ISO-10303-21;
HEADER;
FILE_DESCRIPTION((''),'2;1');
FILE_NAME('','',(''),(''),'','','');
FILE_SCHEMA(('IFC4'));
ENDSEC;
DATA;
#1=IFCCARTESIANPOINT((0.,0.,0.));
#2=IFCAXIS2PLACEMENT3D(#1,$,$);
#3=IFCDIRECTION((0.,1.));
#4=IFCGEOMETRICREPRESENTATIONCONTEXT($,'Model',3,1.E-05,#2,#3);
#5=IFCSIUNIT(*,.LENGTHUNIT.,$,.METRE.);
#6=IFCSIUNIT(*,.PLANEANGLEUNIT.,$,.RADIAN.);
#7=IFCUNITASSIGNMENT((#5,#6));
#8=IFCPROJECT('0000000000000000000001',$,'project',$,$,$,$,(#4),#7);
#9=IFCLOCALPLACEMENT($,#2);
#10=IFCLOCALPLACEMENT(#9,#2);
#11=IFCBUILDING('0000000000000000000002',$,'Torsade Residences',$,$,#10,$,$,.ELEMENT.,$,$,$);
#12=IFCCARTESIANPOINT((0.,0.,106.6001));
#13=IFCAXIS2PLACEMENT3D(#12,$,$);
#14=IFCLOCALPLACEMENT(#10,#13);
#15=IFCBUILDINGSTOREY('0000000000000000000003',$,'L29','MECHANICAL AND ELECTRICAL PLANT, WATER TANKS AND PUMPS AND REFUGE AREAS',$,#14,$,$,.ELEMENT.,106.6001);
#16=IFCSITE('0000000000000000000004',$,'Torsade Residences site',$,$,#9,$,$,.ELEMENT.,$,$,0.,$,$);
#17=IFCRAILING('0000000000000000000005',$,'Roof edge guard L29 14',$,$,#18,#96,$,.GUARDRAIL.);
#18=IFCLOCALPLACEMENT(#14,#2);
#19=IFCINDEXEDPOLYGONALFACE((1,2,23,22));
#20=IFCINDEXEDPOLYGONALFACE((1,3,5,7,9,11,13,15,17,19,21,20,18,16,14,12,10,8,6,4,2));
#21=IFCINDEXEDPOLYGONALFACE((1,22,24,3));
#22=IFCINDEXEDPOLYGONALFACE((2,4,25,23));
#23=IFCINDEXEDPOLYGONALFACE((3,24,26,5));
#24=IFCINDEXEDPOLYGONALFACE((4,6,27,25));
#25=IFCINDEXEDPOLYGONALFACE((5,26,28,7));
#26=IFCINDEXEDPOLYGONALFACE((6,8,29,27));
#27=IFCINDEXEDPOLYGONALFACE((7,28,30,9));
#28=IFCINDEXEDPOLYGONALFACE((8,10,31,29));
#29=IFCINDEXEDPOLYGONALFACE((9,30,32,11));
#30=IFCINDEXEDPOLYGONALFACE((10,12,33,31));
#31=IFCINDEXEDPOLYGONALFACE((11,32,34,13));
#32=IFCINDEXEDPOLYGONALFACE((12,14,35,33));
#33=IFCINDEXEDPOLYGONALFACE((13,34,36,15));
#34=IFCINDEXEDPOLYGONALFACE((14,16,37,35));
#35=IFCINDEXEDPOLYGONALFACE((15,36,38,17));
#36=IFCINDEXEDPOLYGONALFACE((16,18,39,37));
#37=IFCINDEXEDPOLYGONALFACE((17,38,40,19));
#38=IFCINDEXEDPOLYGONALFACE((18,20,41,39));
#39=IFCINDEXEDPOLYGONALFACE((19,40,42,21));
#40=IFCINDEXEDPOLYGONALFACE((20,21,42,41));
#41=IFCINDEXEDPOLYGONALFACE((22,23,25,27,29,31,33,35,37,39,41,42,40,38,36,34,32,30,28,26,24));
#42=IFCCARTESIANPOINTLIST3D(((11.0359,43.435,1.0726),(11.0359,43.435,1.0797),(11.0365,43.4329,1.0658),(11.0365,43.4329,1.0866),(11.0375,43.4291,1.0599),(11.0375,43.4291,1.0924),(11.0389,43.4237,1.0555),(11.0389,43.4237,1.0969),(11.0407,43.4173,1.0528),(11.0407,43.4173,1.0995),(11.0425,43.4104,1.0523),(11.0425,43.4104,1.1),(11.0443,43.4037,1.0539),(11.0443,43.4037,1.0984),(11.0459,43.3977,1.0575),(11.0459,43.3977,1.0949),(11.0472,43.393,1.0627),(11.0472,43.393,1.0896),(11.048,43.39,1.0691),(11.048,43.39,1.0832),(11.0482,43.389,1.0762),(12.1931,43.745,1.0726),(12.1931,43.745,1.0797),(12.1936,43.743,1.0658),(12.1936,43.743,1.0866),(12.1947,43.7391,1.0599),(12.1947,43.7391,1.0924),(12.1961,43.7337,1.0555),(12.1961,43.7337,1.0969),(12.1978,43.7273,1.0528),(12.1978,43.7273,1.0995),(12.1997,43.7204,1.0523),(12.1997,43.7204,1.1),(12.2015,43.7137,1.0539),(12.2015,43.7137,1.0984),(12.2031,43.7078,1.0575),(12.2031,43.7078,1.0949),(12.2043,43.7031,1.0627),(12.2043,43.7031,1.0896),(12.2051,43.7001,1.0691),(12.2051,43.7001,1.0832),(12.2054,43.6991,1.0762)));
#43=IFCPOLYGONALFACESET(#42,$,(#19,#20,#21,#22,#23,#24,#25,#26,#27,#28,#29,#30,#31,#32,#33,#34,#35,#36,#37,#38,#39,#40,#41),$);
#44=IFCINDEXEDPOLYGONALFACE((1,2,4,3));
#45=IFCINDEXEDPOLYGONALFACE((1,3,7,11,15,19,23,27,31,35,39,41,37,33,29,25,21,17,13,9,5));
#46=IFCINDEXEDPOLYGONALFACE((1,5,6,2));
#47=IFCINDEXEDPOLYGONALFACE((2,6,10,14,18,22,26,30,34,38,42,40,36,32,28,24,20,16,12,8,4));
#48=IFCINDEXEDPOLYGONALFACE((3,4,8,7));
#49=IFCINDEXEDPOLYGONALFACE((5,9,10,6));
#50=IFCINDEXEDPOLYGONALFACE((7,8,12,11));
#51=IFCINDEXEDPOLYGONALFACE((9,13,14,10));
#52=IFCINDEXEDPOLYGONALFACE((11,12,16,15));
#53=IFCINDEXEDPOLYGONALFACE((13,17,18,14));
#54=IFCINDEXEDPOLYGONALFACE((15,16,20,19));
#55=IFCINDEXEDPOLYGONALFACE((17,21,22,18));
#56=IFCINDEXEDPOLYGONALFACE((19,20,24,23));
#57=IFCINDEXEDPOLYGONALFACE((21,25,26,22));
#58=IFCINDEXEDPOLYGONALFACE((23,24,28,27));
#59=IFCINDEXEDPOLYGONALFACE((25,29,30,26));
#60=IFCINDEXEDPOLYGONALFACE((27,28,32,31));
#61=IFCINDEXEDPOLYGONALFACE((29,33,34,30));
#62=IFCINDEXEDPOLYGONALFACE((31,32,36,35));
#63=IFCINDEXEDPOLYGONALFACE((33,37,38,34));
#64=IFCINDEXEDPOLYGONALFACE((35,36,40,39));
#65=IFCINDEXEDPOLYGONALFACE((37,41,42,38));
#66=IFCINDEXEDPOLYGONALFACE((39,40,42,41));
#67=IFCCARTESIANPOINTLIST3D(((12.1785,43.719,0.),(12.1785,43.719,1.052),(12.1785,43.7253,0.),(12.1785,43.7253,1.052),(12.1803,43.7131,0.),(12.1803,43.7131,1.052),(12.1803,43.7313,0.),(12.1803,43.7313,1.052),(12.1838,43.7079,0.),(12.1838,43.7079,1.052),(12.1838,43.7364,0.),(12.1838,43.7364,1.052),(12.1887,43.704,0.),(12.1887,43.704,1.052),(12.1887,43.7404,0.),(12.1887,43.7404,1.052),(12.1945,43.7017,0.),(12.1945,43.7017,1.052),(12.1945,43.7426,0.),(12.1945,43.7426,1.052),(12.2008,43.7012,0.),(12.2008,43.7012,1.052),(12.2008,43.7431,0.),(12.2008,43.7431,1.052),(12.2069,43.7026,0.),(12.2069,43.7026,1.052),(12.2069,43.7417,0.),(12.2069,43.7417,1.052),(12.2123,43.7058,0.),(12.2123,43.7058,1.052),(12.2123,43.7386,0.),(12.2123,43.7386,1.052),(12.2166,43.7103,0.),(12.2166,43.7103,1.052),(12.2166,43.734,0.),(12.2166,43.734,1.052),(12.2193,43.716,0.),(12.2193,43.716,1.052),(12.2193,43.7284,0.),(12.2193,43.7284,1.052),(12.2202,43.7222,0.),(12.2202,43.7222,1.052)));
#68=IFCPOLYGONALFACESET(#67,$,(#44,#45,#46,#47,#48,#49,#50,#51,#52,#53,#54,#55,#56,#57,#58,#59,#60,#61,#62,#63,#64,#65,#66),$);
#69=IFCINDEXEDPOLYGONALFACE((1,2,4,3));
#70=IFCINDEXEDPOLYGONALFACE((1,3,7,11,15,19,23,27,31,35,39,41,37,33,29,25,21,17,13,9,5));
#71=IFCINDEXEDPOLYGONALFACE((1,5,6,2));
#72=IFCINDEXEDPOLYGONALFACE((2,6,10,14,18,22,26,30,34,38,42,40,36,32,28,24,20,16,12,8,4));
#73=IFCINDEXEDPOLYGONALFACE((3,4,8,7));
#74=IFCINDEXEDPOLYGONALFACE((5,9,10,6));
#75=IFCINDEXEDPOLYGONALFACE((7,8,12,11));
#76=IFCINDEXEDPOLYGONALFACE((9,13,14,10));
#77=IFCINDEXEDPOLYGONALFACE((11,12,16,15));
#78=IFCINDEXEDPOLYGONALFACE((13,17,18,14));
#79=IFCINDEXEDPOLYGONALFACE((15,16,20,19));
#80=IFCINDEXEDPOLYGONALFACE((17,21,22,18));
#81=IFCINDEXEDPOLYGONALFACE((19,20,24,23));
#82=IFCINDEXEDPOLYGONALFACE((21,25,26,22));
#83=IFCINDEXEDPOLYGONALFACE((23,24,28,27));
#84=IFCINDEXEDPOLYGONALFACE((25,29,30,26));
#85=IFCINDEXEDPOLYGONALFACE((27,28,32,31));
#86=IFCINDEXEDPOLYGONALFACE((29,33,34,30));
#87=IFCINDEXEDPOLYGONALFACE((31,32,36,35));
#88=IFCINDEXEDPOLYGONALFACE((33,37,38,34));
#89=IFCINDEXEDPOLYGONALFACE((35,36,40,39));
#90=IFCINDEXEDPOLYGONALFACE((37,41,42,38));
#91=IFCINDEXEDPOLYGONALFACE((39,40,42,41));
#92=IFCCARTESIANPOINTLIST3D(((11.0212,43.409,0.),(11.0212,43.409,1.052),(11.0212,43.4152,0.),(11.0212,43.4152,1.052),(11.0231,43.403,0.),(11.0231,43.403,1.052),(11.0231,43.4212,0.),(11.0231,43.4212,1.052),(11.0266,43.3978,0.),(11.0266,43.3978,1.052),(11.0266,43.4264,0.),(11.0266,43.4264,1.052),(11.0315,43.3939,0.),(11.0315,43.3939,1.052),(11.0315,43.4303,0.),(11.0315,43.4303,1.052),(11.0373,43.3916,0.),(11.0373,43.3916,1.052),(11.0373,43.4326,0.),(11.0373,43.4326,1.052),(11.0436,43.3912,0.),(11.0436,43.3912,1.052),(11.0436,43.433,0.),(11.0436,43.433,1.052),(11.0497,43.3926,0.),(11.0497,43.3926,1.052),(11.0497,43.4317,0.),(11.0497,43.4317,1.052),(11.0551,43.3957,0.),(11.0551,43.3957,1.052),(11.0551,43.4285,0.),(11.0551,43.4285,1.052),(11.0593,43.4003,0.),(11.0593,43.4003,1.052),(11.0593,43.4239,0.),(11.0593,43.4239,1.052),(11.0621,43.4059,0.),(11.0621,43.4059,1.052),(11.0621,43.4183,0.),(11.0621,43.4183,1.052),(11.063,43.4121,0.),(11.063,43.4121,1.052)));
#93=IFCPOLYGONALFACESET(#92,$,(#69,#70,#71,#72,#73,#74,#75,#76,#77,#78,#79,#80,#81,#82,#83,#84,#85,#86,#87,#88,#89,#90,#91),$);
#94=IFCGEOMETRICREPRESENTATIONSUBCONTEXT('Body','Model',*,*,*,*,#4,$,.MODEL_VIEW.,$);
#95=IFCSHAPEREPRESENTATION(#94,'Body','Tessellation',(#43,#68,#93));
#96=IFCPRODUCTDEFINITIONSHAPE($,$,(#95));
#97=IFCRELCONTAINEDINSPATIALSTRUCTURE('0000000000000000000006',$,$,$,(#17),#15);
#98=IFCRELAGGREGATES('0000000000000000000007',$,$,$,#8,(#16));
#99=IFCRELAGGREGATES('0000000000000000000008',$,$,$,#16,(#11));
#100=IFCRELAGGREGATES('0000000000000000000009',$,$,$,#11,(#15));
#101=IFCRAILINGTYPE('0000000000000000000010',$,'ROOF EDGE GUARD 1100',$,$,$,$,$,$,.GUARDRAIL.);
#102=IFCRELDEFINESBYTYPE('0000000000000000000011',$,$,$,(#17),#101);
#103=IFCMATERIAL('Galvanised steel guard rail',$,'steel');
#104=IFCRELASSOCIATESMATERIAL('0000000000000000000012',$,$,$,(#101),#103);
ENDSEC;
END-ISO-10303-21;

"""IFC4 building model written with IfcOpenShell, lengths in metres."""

from ifc_helpers import new_model, si_unit, direction, frame, origin, origin_2d, place, context, subcontext, project, spatial, circle, extrude, material, type_object, element, save


model = new_model("IFC4")

# Units and contexts
model_context = context("Model", 3, precision=1e-05, world=origin(), true_north=direction((0.0, 1.0)))
body_context = subcontext(model_context, "Body", "Model", "MODEL_VIEW")
ifc_project = project(units=[si_unit("LENGTHUNIT", "METRE"), si_unit("PLANEANGLEUNIT", "RADIAN")], contexts=[model_context])

# Site, building, storey
site_placement = place(None, origin())
site = spatial("IfcSite", under=ifc_project, at=site_placement, Name="Torsade Residences site", CompositionType="ELEMENT", RefElevation=0.0)
building_placement = place(site_placement, origin())
building = spatial("IfcBuilding", under=site, at=building_placement, Name="Torsade Residences", CompositionType="ELEMENT")
storey_placement = place(building_placement, frame((0.0, 0.0, 106.6001)))
storey = spatial("IfcBuildingStorey", under=building, at=storey_placement, Name="L29", Description="MECHANICAL AND ELECTRICAL PLANT, WATER TANKS AND PUMPS AND REFUGE AREAS", CompositionType="ELEMENT", Elevation=106.6001)

# Railing
ifc_material_1 = material(Name="Galvanised steel guard rail", Category="steel")
railing_type = type_object("IfcRailingType", Name="ROOF EDGE GUARD 1100", PredefinedType="GUARDRAIL", material=ifc_material_1)
railing_1_placement = place(storey_placement, frame((12.1992, 43.7222, 0.0)))
element("IfcRailing", 1, at=railing_1_placement, inside=storey, type_object=railing_type, Name="Roof edge guard L29 14", PredefinedType="GUARDRAIL", context=body_context, shape_type="SweptSolid", body=[
    extrude(circle(Radius=0.0239, at=origin_2d()), frame((0.0, 0.0, 1.0762), z_axis=(-0.96593, -0.258804, 0.0), x_axis=(0.258804, -0.96593, 0.0)), (0.0, 0.0, 1.0), 1.198),
    extrude(circle(Radius=0.021, at=origin_2d()), origin(), (0.0, 0.0, 1.0), 1.052),
    extrude(circle(Radius=0.021, at=origin_2d()), frame((-1.1572, -0.3101, 0.0)), (0.0, 0.0, 1.0), 1.052),
])

save(model, "model.ifc")
